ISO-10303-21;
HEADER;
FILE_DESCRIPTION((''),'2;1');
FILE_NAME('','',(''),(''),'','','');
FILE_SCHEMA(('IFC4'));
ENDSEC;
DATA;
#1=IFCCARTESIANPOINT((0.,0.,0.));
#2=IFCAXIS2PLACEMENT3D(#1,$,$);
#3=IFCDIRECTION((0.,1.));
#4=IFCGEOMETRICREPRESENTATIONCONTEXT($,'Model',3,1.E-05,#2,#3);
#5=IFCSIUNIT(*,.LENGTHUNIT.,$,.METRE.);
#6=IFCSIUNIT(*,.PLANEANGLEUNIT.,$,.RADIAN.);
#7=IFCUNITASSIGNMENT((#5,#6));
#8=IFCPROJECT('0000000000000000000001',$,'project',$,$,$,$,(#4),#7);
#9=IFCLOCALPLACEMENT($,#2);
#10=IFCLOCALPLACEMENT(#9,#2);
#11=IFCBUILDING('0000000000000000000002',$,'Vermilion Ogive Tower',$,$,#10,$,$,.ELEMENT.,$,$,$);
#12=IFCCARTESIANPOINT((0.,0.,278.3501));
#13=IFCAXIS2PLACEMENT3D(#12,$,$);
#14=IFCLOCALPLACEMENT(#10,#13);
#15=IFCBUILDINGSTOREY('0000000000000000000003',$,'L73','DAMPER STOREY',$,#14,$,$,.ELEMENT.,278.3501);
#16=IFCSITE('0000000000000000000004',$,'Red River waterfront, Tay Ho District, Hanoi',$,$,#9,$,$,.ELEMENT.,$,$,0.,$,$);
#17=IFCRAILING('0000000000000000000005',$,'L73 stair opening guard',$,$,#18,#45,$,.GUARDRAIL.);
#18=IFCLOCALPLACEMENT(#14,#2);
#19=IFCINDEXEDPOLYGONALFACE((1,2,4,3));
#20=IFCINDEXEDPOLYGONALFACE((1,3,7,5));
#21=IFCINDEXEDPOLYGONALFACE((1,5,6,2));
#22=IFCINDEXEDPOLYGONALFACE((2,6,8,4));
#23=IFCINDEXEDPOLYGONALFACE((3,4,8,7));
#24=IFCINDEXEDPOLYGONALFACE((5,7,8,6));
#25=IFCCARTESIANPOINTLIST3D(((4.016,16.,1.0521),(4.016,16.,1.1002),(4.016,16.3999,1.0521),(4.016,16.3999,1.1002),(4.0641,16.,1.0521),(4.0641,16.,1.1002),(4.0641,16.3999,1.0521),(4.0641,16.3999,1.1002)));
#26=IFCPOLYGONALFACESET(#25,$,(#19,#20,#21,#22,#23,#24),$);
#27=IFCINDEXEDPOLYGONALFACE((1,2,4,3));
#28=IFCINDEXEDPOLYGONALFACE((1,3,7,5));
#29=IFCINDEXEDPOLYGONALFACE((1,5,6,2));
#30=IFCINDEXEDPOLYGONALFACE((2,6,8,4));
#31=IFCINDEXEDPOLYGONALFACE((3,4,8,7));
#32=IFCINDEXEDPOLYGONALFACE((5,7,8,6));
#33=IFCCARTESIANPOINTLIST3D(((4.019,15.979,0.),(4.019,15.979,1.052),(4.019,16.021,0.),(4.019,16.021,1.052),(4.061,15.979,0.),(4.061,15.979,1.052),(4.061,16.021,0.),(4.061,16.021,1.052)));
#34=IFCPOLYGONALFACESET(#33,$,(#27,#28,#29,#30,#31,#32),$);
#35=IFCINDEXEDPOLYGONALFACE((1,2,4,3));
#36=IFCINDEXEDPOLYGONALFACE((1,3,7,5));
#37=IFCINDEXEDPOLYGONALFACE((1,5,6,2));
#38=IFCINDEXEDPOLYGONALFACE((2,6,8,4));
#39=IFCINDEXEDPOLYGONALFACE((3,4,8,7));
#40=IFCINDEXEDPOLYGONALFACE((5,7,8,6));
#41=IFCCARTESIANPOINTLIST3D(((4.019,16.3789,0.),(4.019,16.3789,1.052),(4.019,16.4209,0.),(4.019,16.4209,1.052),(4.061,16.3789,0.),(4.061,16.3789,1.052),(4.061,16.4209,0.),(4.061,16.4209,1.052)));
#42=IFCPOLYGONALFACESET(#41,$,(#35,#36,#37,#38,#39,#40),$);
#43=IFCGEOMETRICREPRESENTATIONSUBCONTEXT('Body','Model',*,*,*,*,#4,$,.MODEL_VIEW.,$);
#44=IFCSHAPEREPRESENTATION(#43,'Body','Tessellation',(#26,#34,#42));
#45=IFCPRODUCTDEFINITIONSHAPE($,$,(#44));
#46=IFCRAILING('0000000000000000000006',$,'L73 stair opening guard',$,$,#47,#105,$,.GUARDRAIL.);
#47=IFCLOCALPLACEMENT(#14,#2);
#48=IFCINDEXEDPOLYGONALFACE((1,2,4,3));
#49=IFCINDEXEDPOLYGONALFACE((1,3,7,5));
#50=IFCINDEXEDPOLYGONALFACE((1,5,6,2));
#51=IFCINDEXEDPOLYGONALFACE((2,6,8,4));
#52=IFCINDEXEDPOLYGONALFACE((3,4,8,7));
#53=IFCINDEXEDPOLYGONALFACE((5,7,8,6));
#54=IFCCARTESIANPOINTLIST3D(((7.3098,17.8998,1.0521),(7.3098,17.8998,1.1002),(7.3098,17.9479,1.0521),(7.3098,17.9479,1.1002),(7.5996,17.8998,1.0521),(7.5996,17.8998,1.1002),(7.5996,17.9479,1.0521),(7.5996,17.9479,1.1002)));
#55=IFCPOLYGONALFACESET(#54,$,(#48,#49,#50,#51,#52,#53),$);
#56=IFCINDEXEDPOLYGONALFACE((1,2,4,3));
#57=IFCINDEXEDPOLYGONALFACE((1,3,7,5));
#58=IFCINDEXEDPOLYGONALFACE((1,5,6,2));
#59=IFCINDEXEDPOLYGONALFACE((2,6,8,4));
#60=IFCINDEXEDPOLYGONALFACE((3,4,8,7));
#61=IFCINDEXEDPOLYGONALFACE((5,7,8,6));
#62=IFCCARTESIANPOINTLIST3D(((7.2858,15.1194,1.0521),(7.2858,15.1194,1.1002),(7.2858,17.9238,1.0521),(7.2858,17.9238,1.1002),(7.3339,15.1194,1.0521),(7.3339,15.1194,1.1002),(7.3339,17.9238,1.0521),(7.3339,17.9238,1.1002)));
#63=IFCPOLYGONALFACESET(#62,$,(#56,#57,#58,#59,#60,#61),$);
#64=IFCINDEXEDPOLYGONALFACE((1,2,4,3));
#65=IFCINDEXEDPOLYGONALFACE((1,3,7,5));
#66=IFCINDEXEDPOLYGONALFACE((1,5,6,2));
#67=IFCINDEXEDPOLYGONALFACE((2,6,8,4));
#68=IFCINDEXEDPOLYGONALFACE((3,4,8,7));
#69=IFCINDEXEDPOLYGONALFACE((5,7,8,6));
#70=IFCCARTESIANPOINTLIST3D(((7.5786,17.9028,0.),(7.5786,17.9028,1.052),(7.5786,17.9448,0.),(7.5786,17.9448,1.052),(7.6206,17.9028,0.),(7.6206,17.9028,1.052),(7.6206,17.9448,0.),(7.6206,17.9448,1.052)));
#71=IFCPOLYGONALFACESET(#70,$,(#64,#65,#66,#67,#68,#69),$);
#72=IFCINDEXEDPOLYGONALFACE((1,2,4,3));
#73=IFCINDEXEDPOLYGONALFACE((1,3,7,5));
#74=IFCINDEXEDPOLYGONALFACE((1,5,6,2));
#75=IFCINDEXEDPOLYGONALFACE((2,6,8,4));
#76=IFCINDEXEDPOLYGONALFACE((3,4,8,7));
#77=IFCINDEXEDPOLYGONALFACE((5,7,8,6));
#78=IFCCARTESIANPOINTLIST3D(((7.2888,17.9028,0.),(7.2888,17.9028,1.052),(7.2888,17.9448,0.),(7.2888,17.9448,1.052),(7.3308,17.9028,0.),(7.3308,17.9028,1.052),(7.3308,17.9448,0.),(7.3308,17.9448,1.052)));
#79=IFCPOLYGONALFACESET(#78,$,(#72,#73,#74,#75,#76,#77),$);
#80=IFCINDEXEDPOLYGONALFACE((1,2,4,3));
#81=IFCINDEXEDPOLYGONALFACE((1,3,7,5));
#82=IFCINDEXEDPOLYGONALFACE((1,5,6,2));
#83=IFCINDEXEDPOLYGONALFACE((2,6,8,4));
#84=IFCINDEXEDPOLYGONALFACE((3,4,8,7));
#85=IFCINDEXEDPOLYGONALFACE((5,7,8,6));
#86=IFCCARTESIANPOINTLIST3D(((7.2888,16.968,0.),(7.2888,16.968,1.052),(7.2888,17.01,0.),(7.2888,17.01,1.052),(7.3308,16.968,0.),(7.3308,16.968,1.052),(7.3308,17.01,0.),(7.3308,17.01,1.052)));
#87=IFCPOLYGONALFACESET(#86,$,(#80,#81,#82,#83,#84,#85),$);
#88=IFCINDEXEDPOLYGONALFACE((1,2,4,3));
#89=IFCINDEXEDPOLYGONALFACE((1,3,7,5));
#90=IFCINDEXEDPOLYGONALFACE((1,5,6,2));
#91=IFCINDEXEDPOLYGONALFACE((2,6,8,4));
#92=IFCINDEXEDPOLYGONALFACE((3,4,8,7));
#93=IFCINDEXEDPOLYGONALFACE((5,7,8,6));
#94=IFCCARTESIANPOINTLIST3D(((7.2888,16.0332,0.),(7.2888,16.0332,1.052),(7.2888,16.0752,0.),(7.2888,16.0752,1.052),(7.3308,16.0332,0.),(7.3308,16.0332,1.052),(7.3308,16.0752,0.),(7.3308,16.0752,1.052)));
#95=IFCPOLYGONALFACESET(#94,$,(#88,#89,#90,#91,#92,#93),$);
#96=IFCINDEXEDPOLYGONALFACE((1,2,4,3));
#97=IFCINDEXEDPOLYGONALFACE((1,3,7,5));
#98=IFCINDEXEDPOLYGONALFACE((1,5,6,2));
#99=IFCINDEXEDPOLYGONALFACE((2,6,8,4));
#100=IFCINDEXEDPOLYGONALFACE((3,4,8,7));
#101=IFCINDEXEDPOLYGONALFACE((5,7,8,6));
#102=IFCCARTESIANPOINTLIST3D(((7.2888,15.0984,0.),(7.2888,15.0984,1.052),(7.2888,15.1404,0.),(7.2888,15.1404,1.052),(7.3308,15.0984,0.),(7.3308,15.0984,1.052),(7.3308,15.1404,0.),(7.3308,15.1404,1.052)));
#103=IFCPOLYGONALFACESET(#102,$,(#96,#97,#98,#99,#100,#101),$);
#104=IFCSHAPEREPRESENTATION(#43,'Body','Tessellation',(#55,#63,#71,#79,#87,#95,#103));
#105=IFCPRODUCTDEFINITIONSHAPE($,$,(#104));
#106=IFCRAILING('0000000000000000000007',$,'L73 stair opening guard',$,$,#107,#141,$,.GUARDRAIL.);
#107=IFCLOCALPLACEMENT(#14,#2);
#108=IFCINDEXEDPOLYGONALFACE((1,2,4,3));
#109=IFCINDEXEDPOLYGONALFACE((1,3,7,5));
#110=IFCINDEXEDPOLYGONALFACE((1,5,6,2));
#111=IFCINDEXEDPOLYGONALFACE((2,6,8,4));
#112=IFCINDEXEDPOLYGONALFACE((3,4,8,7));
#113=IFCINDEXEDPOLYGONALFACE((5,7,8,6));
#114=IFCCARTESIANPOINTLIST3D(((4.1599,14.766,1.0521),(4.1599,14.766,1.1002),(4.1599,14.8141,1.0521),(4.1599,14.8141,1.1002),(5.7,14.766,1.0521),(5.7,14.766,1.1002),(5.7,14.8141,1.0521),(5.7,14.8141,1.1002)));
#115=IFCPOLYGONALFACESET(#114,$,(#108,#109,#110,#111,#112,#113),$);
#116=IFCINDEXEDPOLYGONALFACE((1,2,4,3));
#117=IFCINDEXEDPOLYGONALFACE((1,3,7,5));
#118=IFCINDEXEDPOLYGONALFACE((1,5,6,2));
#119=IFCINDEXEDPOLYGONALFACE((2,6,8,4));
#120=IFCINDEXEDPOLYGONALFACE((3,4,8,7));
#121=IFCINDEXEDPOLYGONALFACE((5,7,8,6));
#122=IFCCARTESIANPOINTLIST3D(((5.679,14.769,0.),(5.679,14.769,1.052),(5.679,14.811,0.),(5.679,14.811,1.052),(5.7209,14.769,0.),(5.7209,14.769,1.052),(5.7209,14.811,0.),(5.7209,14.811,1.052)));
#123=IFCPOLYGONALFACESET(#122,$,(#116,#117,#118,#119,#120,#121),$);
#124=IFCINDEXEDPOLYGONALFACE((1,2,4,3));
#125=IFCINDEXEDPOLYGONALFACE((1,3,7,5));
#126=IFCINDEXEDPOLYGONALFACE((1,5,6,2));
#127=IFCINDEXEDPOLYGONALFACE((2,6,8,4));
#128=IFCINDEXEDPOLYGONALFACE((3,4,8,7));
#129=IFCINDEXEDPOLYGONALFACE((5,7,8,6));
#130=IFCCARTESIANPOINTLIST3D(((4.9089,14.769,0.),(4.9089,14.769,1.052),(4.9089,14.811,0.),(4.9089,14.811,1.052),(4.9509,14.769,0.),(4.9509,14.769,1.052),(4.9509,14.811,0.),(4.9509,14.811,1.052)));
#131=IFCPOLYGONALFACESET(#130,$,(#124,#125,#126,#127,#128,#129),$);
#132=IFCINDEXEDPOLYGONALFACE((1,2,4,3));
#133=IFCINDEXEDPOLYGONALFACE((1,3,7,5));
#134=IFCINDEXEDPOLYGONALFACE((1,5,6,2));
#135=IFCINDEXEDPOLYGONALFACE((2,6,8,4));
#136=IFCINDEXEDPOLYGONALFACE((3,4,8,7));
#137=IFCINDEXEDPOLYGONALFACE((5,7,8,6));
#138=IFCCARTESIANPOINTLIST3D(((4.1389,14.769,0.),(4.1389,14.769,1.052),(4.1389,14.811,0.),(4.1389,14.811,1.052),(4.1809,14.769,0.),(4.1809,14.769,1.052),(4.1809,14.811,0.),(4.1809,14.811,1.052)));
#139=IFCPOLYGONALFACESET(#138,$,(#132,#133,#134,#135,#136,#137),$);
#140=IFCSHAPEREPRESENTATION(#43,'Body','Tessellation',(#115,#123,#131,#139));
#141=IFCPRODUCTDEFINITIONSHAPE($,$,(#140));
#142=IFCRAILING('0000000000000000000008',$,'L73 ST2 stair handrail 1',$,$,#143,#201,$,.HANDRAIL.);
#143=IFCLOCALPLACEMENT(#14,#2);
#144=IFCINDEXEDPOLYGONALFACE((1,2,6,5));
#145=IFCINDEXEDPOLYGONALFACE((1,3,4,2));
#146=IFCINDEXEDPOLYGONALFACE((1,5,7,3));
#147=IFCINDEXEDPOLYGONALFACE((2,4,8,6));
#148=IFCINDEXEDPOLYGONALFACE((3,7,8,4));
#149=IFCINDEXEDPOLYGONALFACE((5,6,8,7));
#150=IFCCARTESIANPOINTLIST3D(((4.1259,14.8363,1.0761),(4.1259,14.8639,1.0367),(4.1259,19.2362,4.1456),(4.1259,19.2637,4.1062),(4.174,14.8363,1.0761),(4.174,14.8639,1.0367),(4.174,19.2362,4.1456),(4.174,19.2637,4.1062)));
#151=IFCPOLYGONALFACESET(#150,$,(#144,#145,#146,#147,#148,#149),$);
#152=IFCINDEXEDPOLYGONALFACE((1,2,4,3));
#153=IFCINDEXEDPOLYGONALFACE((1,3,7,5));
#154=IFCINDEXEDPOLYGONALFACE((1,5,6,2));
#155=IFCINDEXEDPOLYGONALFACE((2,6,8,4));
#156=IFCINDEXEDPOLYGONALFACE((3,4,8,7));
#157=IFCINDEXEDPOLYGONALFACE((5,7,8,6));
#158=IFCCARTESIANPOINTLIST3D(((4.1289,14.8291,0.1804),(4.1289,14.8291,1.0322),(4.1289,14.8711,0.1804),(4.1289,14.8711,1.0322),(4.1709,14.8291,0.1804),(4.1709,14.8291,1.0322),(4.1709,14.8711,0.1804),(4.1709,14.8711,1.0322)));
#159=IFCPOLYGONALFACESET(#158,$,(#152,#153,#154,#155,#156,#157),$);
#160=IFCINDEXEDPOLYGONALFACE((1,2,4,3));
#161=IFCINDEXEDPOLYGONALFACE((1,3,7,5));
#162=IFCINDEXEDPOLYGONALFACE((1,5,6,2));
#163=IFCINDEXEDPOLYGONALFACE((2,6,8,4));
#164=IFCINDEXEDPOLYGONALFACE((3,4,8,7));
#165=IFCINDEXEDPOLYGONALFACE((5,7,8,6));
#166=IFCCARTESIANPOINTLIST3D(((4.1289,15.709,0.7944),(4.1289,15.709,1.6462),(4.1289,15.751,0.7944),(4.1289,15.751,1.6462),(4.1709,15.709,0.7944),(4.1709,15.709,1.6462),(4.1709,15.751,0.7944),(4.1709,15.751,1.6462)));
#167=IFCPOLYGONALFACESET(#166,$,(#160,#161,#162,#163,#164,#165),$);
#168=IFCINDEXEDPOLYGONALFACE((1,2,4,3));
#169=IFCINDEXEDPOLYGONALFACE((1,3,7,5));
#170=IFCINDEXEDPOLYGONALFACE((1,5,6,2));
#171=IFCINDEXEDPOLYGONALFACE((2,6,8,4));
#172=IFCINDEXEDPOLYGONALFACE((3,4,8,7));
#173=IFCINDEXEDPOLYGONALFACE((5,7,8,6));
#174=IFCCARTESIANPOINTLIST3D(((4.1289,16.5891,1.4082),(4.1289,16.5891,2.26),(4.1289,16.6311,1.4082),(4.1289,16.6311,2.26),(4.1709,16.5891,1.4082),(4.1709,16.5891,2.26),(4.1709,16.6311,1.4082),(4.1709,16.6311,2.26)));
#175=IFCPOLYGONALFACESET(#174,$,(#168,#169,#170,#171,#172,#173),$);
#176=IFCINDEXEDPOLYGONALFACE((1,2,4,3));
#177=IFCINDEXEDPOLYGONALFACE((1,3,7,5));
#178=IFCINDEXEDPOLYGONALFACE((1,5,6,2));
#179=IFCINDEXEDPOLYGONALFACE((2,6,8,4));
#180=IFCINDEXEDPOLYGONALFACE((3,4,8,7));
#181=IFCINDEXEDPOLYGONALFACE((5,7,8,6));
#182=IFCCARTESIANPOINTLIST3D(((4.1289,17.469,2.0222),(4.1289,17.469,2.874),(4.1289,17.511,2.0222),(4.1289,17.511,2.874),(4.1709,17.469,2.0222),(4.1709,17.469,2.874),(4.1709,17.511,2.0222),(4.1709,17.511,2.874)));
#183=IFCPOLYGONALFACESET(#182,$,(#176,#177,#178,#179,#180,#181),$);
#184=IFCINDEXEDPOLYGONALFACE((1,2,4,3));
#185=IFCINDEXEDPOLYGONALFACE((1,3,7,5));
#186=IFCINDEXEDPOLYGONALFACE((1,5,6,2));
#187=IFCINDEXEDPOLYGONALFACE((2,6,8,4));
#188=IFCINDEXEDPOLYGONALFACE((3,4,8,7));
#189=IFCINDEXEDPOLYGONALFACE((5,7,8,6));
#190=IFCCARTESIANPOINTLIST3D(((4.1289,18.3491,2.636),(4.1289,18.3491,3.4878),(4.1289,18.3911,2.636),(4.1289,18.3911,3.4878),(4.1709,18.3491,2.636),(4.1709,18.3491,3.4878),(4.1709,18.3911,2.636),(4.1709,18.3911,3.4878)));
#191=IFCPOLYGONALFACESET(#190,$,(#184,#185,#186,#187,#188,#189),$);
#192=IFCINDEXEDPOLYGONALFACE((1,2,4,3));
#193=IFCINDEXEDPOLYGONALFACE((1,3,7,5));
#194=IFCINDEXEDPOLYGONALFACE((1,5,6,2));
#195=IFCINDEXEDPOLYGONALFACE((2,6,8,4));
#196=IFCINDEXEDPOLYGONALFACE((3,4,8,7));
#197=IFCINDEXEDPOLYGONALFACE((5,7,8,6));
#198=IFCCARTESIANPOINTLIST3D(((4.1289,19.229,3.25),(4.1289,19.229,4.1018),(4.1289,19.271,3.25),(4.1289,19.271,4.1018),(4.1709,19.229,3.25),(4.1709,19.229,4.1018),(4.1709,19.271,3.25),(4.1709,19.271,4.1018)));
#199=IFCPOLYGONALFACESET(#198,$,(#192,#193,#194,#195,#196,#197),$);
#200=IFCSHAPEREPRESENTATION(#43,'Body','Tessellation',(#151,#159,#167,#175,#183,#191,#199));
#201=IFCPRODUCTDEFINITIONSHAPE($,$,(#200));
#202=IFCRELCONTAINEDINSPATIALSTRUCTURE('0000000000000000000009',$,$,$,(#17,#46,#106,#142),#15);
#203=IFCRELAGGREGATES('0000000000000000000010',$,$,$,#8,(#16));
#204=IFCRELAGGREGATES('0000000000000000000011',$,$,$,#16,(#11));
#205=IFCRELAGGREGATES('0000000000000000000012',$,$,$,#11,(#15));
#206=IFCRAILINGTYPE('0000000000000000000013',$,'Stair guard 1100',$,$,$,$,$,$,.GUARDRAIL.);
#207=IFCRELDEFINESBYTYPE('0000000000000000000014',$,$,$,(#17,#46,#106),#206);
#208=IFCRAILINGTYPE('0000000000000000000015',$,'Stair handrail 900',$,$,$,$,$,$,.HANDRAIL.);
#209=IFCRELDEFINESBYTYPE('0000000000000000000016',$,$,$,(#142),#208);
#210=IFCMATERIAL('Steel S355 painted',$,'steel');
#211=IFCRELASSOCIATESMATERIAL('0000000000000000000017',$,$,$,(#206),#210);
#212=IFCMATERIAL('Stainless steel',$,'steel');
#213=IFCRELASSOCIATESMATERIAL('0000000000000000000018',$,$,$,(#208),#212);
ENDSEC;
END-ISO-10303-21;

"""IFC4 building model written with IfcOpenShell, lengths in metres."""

from ifc_helpers import new_model, si_unit, direction, frame, origin, origin_2d, place, context, subcontext, project, spatial, rectangle, extrude, material, type_object, element, save


model = new_model("IFC4")

# Units and contexts
model_context = context("Model", 3, precision=1e-05, world=origin(), true_north=direction((0.0, 1.0)))
body_context = subcontext(model_context, "Body", "Model", "MODEL_VIEW")
ifc_project = project(units=[si_unit("LENGTHUNIT", "METRE"), si_unit("PLANEANGLEUNIT", "RADIAN")], contexts=[model_context])

# Site, building, storey
site_placement = place(None, origin())
site = spatial("IfcSite", under=ifc_project, at=site_placement, Name="Red River waterfront, Tay Ho District, Hanoi", CompositionType="ELEMENT", RefElevation=0.0)
building_placement = place(site_placement, origin())
building = spatial("IfcBuilding", under=site, at=building_placement, Name="Vermilion Ogive Tower", CompositionType="ELEMENT")
storey_placement = place(building_placement, frame((0.0, 0.0, 278.3501)))
storey = spatial("IfcBuildingStorey", under=building, at=storey_placement, Name="L73", Description="DAMPER STOREY", CompositionType="ELEMENT", Elevation=278.3501)

# Railings
ifc_material_1 = material(Name="Steel S355 painted", Category="steel")
railing_type_1 = type_object("IfcRailingType", Name="Stair guard 1100", PredefinedType="GUARDRAIL", material=ifc_material_1)
railing_1_placement = place(storey_placement, frame((4.04, 16.0, 0.0)))
element("IfcRailing", 1, at=railing_1_placement, inside=storey, type_object=railing_type_1, Name="L73 stair opening guard", PredefinedType="GUARDRAIL", context=body_context, shape_type="SweptSolid", body=[
    extrude(rectangle(XDim=0.0481, YDim=0.0481, at=origin_2d()), frame((0.0, 0.0, 1.0762), z_axis=(0.0, 1.0, 0.0), x_axis=(-1.0, 0.0, 0.0)), (0.0, 0.0, 1.0), 0.3999),
    extrude(rectangle(XDim=0.042, YDim=0.042, at=origin_2d()), origin(), (0.0, 0.0, 1.0), 1.052),
    extrude(rectangle(XDim=0.042, YDim=0.042, at=origin_2d()), frame((0.0, 0.3999, 0.0)), (0.0, 0.0, 1.0), 1.052),
])
railing_2_placement = place(storey_placement, frame((7.5996, 17.9238, 0.0)))
element("IfcRailing", 2, at=railing_2_placement, inside=storey, type_object=railing_type_1, Name="L73 stair opening guard", PredefinedType="GUARDRAIL", context=body_context, shape_type="SweptSolid", body=[
    extrude(rectangle(XDim=0.0481, YDim=0.0481, at=origin_2d()), frame((0.0, 0.0, 1.0762), z_axis=(-1.0, 0.0, 0.0), x_axis=(0.0, -1.0, 0.0)), (0.0, 0.0, 1.0), 0.2898),
    extrude(rectangle(XDim=0.0481, YDim=0.0481, at=origin_2d()), frame((-0.2898, 0.0, 1.0762), z_axis=(0.0, -1.0, 0.0), x_axis=(1.0, 0.0, 0.0)), (0.0, 0.0, 1.0), 2.8044),
    extrude(rectangle(XDim=0.042, YDim=0.042, at=origin_2d()), origin(), (0.0, 0.0, 1.0), 1.052),
    extrude(rectangle(XDim=0.042, YDim=0.042, at=origin_2d()), frame((-0.2898, 0.0, 0.0)), (0.0, 0.0, 1.0), 1.052),
    extrude(rectangle(XDim=0.042, YDim=0.042, at=origin_2d()), frame((-0.2898, -0.9348, 0.0)), (0.0, 0.0, 1.0), 1.052),
    extrude(rectangle(XDim=0.042, YDim=0.042, at=origin_2d()), frame((-0.2898, -1.8696, 0.0)), (0.0, 0.0, 1.0), 1.052),
    extrude(rectangle(XDim=0.042, YDim=0.042, at=origin_2d()), frame((-0.2898, -2.8044, 0.0)), (0.0, 0.0, 1.0), 1.052),
])
railing_3_placement = place(storey_placement, frame((5.7, 14.79, 0.0)))
element("IfcRailing", 3, at=railing_3_placement, inside=storey, type_object=railing_type_1, Name="L73 stair opening guard", PredefinedType="GUARDRAIL", context=body_context, shape_type="SweptSolid", body=[
    extrude(rectangle(XDim=0.0481, YDim=0.0481, at=origin_2d()), frame((0.0, 0.0, 1.0762), z_axis=(-1.0, 0.0, 0.0), x_axis=(0.0, -1.0, 0.0)), (0.0, 0.0, 1.0), 1.54),
    extrude(rectangle(XDim=0.042, YDim=0.042, at=origin_2d()), origin(), (0.0, 0.0, 1.0), 1.052),
    extrude(rectangle(XDim=0.042, YDim=0.042, at=origin_2d()), frame((-0.77, 0.0, 0.0)), (0.0, 0.0, 1.0), 1.052),
    extrude(rectangle(XDim=0.042, YDim=0.042, at=origin_2d()), frame((-1.54, 0.0, 0.0)), (0.0, 0.0, 1.0), 1.052),
])
ifc_material_2 = material(Name="Stainless steel", Category="steel")
railing_type_2 = type_object("IfcRailingType", Name="Stair handrail 900", PredefinedType="HANDRAIL", material=ifc_material_2)
railing_4_placement = place(storey_placement, frame((4.1499, 14.8501, 0.1804)))
element("IfcRailing", 4, at=railing_4_placement, inside=storey, type_object=railing_type_2, Name="L73 ST2 stair handrail 1", PredefinedType="HANDRAIL", context=body_context, shape_type="SweptSolid", body=[
    extrude(rectangle(XDim=0.0481, YDim=0.0481, at=origin_2d()), frame((0.0, 0.0, 0.876), z_axis=(0.0, 0.820137, 0.572167), x_axis=(-1.0, 0.0, 0.0)), (0.0, 0.0, 1.0), 5.3647),
    extrude(rectangle(XDim=0.042, YDim=0.042, at=origin_2d()), origin(), (0.0, 0.0, 1.0), 0.8518),
    extrude(rectangle(XDim=0.042, YDim=0.042, at=origin_2d()), frame((0.0, 0.8799, 0.614)), (0.0, 0.0, 1.0), 0.8518),
    extrude(rectangle(XDim=0.042, YDim=0.042, at=origin_2d()), frame((0.0, 1.76, 1.2278)), (0.0, 0.0, 1.0), 0.8518),
    extrude(rectangle(XDim=0.042, YDim=0.042, at=origin_2d()), frame((0.0, 2.6399, 1.8418)), (0.0, 0.0, 1.0), 0.8518),
    extrude(rectangle(XDim=0.042, YDim=0.042, at=origin_2d()), frame((0.0, 3.52, 2.4556)), (0.0, 0.0, 1.0), 0.8518),
    extrude(rectangle(XDim=0.042, YDim=0.042, at=origin_2d()), frame((0.0, 4.3999, 3.0696)), (0.0, 0.0, 1.0), 0.8518),
])

save(model, "model.ifc")
